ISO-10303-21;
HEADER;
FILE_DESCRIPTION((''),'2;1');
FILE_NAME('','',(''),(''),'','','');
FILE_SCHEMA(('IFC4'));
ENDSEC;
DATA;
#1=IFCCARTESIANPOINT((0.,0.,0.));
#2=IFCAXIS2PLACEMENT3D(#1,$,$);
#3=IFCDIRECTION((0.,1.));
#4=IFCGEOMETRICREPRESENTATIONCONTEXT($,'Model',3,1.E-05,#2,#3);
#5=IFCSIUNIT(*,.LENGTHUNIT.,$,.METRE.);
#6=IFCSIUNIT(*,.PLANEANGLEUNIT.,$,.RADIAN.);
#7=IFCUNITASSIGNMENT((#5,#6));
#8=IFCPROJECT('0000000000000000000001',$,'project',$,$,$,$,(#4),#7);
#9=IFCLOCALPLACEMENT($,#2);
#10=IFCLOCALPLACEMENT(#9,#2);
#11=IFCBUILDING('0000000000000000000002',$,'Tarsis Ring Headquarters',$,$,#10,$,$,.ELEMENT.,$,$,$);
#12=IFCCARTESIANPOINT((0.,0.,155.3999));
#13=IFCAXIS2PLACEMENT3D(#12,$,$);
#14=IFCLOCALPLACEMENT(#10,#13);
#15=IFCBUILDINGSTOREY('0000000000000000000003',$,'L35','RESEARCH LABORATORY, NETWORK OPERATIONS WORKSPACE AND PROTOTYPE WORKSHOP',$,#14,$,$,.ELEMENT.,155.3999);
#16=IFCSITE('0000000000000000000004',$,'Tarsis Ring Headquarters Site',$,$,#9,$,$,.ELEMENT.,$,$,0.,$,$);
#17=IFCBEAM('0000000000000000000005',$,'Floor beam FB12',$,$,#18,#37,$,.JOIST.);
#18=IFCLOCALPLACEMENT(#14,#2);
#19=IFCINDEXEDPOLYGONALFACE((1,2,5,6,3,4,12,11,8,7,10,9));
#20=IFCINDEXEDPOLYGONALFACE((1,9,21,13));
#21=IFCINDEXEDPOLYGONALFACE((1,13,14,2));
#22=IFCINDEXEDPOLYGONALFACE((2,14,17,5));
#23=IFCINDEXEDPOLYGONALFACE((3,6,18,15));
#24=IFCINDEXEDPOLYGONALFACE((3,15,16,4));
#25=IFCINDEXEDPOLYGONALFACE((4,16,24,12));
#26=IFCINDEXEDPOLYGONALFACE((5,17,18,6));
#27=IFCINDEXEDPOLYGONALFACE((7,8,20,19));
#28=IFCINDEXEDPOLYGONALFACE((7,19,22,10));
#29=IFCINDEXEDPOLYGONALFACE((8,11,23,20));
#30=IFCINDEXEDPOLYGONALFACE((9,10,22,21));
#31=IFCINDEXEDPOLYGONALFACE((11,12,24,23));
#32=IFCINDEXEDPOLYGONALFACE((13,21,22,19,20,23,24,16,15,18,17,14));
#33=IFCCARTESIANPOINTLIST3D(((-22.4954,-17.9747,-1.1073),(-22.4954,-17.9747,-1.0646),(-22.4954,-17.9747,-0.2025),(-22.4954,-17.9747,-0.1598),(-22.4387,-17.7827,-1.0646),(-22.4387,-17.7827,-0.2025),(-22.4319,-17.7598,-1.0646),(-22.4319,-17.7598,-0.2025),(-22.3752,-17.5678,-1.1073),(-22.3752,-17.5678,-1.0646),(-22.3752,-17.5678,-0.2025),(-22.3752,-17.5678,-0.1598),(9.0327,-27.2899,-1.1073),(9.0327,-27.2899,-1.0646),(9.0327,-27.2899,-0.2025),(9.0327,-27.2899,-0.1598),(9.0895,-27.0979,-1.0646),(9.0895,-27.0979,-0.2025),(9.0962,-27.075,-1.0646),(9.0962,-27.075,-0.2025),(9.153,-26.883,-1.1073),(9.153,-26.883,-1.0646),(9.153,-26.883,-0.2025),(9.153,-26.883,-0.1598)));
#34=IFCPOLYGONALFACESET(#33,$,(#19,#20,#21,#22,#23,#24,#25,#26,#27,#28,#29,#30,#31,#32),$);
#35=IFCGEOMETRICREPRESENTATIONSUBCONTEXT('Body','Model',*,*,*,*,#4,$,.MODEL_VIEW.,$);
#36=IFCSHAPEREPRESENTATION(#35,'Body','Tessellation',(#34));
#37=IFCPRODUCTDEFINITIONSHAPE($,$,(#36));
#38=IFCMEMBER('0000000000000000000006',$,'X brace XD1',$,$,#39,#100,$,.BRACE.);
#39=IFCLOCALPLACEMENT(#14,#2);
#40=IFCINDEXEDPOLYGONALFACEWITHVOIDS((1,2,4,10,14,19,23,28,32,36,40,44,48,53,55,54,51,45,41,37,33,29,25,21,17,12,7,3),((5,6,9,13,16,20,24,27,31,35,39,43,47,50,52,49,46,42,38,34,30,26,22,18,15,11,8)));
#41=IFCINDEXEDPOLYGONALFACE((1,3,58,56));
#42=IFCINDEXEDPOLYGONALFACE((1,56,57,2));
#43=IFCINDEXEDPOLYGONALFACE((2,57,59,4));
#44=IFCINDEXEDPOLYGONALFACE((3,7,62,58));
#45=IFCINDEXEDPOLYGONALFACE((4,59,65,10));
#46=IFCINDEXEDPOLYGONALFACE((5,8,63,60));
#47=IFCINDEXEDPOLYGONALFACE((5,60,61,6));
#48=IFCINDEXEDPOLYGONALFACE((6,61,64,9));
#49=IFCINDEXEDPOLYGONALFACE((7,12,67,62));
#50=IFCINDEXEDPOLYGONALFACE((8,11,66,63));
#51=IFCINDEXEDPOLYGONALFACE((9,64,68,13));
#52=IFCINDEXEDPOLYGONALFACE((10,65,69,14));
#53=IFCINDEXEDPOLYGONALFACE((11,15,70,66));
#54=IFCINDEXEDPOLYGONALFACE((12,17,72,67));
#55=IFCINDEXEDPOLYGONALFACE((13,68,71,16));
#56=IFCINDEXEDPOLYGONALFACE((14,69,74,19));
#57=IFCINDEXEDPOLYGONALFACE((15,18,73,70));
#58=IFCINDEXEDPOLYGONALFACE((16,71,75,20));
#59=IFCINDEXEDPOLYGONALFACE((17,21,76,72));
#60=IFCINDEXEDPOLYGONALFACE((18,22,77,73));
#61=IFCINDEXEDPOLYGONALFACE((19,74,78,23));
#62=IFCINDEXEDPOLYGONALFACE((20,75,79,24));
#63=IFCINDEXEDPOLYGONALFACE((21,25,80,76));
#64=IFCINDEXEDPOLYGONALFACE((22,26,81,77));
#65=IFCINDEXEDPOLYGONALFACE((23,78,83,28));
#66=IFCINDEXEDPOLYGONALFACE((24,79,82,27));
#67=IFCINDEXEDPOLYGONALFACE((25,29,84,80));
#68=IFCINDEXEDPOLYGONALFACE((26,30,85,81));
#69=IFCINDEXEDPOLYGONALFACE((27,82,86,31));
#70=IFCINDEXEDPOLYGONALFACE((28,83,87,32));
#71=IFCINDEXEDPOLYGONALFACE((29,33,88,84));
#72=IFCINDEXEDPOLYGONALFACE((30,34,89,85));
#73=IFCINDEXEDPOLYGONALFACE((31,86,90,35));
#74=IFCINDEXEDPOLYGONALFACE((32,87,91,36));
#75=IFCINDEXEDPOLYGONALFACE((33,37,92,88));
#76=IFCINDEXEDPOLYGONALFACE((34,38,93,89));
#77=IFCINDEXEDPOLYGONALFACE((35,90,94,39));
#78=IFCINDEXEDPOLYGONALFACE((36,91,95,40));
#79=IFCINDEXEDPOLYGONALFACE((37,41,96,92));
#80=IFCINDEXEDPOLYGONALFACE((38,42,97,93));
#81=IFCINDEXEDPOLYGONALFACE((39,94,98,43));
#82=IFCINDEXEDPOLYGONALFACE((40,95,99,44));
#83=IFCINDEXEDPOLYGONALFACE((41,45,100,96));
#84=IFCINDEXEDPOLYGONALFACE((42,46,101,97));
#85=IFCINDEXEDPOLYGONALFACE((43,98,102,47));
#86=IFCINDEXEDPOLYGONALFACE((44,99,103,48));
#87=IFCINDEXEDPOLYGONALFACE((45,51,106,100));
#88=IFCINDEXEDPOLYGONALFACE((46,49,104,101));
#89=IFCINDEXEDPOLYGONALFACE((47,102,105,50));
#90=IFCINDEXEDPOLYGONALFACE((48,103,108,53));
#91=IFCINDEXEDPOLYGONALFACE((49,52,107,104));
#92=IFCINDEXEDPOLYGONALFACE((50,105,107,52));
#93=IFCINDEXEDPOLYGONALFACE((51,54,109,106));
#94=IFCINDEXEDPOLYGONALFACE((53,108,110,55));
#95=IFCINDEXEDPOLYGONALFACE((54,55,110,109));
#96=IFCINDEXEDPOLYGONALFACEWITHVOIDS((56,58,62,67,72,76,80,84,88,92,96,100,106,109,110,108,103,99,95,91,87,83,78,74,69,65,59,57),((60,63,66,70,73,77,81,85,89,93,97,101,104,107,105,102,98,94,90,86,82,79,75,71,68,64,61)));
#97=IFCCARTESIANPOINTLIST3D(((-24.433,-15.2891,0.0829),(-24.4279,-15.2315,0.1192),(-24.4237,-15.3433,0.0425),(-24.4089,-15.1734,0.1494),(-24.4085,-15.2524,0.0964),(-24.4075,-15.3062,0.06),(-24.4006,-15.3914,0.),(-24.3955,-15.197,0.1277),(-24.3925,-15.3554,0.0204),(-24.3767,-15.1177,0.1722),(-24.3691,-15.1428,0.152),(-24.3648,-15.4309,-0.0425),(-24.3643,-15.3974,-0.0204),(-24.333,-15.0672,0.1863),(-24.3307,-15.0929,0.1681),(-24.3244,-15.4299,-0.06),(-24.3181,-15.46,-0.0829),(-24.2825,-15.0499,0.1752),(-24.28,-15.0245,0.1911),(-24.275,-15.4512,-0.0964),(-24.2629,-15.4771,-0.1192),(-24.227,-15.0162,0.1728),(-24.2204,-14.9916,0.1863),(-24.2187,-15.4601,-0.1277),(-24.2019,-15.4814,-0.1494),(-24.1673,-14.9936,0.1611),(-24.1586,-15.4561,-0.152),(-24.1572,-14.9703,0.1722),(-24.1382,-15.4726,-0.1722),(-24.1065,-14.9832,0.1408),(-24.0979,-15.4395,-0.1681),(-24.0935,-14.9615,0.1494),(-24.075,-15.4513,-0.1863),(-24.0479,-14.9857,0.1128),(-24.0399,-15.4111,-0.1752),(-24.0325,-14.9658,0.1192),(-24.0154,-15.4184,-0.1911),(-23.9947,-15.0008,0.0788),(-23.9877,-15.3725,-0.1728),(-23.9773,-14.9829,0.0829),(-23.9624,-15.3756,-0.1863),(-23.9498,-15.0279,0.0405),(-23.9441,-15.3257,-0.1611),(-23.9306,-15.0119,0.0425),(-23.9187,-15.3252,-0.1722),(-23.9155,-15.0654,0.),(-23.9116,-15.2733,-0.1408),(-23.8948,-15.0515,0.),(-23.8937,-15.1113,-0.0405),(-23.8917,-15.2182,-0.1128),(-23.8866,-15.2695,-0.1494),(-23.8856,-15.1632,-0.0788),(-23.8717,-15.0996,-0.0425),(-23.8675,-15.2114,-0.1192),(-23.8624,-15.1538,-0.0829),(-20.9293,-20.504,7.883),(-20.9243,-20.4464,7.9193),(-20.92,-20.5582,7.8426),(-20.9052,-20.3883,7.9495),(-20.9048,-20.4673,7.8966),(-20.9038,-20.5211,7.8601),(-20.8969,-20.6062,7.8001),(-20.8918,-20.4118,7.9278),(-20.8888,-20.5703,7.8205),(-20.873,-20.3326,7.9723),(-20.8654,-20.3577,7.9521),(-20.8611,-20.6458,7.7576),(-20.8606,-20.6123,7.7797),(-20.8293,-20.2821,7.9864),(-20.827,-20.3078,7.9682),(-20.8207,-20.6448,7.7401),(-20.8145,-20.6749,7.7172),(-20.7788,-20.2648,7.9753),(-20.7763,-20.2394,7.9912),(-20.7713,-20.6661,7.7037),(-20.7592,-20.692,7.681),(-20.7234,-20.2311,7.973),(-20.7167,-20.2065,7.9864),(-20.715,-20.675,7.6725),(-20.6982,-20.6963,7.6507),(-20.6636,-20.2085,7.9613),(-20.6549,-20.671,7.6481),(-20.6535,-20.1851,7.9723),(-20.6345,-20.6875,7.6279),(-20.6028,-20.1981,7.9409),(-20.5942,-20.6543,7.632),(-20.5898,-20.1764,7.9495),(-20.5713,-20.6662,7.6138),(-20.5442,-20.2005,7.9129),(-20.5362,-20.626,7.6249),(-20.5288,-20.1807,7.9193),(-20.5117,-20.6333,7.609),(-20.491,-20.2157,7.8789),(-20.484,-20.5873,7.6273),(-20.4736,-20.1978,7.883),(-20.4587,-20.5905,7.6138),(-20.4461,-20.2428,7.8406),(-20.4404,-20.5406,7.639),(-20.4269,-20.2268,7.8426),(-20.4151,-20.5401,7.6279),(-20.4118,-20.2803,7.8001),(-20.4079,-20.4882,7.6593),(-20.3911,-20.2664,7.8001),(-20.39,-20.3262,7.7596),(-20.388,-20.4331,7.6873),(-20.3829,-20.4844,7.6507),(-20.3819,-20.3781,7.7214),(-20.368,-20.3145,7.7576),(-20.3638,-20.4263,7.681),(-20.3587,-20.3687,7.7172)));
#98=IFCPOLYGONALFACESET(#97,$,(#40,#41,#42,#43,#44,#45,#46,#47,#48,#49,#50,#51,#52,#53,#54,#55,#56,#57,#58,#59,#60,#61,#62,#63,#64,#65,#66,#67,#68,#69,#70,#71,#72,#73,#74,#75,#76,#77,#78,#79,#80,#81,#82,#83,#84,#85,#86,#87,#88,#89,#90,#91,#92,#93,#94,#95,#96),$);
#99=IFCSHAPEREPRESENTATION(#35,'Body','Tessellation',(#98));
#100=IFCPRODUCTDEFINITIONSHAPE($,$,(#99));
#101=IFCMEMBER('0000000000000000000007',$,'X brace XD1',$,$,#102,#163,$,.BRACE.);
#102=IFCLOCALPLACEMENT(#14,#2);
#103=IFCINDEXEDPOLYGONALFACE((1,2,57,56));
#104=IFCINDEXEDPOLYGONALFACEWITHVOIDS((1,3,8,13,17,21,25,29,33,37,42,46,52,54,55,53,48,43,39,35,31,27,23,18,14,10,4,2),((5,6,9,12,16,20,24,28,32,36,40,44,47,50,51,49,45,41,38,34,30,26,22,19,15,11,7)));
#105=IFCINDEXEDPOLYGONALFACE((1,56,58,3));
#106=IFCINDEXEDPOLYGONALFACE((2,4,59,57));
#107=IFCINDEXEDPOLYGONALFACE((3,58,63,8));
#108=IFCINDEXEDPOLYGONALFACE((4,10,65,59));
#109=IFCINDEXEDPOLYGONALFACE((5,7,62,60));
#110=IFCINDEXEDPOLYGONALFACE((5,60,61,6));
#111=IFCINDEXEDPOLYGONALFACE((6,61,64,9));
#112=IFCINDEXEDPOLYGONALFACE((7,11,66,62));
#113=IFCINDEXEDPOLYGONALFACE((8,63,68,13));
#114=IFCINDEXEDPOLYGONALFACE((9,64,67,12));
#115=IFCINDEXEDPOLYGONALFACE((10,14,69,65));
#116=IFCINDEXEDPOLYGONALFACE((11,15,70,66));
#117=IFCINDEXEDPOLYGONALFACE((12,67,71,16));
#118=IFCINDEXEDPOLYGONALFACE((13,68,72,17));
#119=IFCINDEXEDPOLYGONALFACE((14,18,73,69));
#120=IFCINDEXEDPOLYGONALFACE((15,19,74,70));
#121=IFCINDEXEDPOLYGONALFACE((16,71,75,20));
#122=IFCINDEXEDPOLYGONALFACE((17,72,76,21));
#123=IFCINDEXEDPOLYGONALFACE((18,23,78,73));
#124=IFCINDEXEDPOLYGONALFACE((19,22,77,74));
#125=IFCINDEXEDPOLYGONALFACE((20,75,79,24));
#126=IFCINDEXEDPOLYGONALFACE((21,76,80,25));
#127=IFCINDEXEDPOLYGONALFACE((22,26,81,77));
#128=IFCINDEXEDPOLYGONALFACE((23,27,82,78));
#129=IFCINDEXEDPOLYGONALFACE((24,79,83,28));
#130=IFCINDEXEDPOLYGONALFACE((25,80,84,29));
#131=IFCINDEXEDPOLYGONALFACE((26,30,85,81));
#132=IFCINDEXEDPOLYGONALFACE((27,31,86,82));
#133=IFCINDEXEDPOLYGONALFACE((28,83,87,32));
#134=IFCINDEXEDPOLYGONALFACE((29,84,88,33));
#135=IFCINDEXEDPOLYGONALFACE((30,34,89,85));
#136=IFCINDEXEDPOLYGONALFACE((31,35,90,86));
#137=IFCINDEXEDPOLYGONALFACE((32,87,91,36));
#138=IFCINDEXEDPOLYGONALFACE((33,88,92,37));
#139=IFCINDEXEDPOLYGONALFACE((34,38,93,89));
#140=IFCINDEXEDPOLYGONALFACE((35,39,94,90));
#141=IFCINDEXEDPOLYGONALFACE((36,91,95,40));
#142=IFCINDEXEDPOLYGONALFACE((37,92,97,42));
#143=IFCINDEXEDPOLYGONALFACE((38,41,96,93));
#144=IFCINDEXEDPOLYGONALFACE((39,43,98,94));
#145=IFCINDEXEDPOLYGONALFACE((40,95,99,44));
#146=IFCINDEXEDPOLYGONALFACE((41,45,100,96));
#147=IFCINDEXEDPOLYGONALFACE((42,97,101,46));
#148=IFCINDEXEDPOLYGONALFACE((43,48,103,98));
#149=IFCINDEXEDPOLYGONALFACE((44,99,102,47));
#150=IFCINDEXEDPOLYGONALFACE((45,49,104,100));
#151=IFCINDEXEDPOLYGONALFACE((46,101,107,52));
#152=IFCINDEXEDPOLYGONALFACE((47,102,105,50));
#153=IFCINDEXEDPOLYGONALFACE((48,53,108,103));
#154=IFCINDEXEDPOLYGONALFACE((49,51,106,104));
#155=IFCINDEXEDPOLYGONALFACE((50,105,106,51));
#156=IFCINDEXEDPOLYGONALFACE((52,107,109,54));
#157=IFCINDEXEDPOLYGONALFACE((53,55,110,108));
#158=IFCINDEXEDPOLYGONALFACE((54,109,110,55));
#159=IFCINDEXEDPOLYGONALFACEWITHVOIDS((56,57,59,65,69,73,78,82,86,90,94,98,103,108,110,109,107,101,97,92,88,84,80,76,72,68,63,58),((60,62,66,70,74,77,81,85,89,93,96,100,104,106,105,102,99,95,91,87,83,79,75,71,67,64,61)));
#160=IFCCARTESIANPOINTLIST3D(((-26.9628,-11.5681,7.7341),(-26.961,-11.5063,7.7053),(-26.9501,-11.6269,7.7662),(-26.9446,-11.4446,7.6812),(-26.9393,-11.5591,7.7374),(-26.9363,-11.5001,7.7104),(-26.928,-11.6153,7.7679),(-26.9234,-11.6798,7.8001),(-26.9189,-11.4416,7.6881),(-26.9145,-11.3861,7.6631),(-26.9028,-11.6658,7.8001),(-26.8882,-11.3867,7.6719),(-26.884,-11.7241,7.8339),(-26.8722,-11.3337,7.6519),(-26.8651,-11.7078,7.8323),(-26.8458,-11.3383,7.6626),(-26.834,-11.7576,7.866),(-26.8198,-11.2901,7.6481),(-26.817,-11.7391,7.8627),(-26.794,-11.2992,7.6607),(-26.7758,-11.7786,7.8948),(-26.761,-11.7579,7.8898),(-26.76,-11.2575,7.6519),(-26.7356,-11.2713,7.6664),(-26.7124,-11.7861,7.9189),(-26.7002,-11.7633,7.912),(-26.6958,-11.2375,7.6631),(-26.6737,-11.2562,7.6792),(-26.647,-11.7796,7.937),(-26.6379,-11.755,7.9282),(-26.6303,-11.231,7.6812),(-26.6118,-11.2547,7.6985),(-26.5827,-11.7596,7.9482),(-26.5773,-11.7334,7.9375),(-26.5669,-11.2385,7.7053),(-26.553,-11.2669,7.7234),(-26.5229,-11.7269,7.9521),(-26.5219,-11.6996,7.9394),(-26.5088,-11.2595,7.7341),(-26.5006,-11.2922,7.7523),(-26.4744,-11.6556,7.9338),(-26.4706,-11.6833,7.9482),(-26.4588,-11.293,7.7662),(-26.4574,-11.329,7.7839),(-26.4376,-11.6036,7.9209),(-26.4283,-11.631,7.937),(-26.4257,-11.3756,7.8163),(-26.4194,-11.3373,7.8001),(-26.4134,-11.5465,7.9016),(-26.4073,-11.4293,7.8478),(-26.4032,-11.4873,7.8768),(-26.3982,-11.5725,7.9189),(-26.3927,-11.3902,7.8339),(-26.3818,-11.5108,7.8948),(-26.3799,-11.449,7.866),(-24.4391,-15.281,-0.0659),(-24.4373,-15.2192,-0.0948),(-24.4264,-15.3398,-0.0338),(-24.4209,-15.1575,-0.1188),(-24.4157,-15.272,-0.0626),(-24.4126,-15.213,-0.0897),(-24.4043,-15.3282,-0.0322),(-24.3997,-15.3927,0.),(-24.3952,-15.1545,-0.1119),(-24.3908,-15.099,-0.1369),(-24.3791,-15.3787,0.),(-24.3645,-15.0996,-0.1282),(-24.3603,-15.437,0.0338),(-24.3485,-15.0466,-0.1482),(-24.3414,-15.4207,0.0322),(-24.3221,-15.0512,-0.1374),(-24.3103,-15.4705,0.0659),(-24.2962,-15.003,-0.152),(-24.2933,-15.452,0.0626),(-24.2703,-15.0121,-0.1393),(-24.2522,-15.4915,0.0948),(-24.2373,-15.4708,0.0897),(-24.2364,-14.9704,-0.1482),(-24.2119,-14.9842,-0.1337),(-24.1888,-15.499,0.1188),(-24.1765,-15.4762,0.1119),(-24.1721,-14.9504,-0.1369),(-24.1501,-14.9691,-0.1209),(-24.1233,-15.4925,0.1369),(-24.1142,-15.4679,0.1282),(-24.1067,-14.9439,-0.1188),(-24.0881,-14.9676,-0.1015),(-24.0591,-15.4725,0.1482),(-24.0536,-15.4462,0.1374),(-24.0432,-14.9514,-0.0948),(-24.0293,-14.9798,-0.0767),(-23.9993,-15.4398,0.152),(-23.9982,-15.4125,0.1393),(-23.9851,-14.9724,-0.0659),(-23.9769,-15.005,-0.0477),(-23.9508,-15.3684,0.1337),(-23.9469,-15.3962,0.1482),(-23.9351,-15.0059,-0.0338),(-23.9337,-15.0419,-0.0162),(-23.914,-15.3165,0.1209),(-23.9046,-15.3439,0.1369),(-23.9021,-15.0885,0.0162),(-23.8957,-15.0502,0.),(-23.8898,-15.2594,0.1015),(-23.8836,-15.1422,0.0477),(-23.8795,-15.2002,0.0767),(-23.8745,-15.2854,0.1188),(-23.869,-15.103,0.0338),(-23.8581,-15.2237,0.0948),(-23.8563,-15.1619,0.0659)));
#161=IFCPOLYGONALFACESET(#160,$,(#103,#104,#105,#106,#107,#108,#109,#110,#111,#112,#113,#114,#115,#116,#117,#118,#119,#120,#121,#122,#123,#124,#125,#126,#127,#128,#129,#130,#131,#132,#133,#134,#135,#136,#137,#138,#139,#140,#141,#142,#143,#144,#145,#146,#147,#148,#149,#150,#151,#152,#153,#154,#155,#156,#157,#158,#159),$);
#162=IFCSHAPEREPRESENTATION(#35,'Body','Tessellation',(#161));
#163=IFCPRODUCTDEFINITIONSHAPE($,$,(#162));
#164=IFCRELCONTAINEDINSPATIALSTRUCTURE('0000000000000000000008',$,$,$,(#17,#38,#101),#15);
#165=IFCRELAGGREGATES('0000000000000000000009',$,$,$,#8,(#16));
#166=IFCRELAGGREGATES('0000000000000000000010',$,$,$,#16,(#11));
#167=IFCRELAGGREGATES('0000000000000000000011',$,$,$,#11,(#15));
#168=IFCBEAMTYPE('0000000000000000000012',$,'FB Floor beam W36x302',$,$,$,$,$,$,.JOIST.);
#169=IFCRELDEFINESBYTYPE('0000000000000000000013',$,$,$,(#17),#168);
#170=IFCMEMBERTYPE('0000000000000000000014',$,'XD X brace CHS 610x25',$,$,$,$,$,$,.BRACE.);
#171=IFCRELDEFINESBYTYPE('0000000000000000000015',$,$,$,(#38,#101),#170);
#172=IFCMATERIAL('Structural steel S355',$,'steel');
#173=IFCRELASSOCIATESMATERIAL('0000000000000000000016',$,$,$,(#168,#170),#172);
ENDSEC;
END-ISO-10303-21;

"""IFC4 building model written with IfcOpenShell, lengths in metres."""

from ifc_helpers import new_model, si_unit, direction, frame, origin, origin_2d, place, context, subcontext, project, spatial, hollow_circle, i_section, extrude, material, material_profile, profile_set, type_object, element, save


model = new_model("IFC4")

# Units and contexts
model_context = context("Model", 3, precision=1e-05, world=origin(), true_north=direction((0.0, 1.0)))
body_context = subcontext(model_context, "Body", "Model", "MODEL_VIEW")
ifc_project = project(units=[si_unit("LENGTHUNIT", "METRE"), si_unit("PLANEANGLEUNIT", "RADIAN")], contexts=[model_context])

# Site, building, storey
site_placement = place(None, origin())
site = spatial("IfcSite", under=ifc_project, at=site_placement, Name="Tarsis Ring Headquarters Site", CompositionType="ELEMENT", RefElevation=0.0)
building_placement = place(site_placement, origin())
building = spatial("IfcBuilding", under=site, at=building_placement, Name="Tarsis Ring Headquarters", CompositionType="ELEMENT")
storey_placement = place(building_placement, frame((0.0, 0.0, 155.3999)))
storey = spatial("IfcBuildingStorey", under=building, at=storey_placement, Name="L35", Description="RESEARCH LABORATORY, NETWORK OPERATIONS WORKSPACE AND PROTOTYPE WORKSHOP", CompositionType="ELEMENT", Elevation=155.3999)

# Beam
ifc_material_1 = material(Name="Structural steel S355", Category="steel")
ifc_material_profile_1 = material_profile(ifc_material_1, i_section(OverallWidth=0.4243, OverallDepth=0.9475, WebThickness=0.0239, FlangeThickness=0.0427, at=origin_2d()), Name="W36x302")
ifc_profile_set_1 = profile_set([ifc_material_profile_1], Name="Structural steel S355")
beam_type = type_object("IfcBeamType", Name="FB Floor beam W36x302", PredefinedType="JOIST", material=ifc_profile_set_1)
beam_placement = place(storey_placement, frame((-22.4353, -17.7712, -0.6335), z_axis=(0.959017, -0.283348, 0.0), x_axis=(0.283348, 0.959017, 0.0)))
element("IfcBeam", 1, at=beam_placement, inside=storey, type_object=beam_type, Name="Floor beam FB12", PredefinedType="JOIST", context=body_context, shape_type="SweptSolid", body=[
    extrude(i_section(OverallWidth=0.4243, OverallDepth=0.9475, WebThickness=0.0239, FlangeThickness=0.0427, at=origin_2d()), origin(), (0.0, 0.0, 1.0), 32.8755),
])

# Members
ifc_material_profile_2 = material_profile(ifc_material_1, hollow_circle(Radius=0.3047, WallThickness=0.0249, at=origin_2d()), Name="CHS 610x25")
ifc_profile_set_2 = profile_set([ifc_material_profile_2], Name="Structural steel S355")
member_type = type_object("IfcMemberType", Name="XD X brace CHS 610x25", PredefinedType="BRACE", material=ifc_profile_set_2)
member_1_placement = place(storey_placement, frame((-24.1477, -15.2214, 0.0), z_axis=(0.349823, -0.520675, 0.778795), x_axis=(0.830054, 0.557683, 0.0)))
element("IfcMember", 2, at=member_1_placement, inside=storey, type_object=member_type, Name="X brace XD1", PredefinedType="BRACE", context=body_context, shape_type="SweptSolid", body=[
    extrude(hollow_circle(Radius=0.3047, WallThickness=0.0249, at=origin_2d()), origin(), (0.0, 0.0, 1.0), 10.0156),
])
member_2_placement = place(storey_placement, frame((-24.1477, -15.2214, 0.0), z_axis=(-0.280417, 0.412555, 0.866697), x_axis=(-0.827039, -0.562145, 0.0)))
element("IfcMember", 3, at=member_2_placement, inside=storey, type_object=member_type, Name="X brace XD1", PredefinedType="BRACE", context=body_context, shape_type="SweptSolid", body=[
    extrude(hollow_circle(Radius=0.3047, WallThickness=0.0249, at=origin_2d()), origin(), (0.0, 0.0, 1.0), 8.9998),
])

save(model, "model.ifc")
